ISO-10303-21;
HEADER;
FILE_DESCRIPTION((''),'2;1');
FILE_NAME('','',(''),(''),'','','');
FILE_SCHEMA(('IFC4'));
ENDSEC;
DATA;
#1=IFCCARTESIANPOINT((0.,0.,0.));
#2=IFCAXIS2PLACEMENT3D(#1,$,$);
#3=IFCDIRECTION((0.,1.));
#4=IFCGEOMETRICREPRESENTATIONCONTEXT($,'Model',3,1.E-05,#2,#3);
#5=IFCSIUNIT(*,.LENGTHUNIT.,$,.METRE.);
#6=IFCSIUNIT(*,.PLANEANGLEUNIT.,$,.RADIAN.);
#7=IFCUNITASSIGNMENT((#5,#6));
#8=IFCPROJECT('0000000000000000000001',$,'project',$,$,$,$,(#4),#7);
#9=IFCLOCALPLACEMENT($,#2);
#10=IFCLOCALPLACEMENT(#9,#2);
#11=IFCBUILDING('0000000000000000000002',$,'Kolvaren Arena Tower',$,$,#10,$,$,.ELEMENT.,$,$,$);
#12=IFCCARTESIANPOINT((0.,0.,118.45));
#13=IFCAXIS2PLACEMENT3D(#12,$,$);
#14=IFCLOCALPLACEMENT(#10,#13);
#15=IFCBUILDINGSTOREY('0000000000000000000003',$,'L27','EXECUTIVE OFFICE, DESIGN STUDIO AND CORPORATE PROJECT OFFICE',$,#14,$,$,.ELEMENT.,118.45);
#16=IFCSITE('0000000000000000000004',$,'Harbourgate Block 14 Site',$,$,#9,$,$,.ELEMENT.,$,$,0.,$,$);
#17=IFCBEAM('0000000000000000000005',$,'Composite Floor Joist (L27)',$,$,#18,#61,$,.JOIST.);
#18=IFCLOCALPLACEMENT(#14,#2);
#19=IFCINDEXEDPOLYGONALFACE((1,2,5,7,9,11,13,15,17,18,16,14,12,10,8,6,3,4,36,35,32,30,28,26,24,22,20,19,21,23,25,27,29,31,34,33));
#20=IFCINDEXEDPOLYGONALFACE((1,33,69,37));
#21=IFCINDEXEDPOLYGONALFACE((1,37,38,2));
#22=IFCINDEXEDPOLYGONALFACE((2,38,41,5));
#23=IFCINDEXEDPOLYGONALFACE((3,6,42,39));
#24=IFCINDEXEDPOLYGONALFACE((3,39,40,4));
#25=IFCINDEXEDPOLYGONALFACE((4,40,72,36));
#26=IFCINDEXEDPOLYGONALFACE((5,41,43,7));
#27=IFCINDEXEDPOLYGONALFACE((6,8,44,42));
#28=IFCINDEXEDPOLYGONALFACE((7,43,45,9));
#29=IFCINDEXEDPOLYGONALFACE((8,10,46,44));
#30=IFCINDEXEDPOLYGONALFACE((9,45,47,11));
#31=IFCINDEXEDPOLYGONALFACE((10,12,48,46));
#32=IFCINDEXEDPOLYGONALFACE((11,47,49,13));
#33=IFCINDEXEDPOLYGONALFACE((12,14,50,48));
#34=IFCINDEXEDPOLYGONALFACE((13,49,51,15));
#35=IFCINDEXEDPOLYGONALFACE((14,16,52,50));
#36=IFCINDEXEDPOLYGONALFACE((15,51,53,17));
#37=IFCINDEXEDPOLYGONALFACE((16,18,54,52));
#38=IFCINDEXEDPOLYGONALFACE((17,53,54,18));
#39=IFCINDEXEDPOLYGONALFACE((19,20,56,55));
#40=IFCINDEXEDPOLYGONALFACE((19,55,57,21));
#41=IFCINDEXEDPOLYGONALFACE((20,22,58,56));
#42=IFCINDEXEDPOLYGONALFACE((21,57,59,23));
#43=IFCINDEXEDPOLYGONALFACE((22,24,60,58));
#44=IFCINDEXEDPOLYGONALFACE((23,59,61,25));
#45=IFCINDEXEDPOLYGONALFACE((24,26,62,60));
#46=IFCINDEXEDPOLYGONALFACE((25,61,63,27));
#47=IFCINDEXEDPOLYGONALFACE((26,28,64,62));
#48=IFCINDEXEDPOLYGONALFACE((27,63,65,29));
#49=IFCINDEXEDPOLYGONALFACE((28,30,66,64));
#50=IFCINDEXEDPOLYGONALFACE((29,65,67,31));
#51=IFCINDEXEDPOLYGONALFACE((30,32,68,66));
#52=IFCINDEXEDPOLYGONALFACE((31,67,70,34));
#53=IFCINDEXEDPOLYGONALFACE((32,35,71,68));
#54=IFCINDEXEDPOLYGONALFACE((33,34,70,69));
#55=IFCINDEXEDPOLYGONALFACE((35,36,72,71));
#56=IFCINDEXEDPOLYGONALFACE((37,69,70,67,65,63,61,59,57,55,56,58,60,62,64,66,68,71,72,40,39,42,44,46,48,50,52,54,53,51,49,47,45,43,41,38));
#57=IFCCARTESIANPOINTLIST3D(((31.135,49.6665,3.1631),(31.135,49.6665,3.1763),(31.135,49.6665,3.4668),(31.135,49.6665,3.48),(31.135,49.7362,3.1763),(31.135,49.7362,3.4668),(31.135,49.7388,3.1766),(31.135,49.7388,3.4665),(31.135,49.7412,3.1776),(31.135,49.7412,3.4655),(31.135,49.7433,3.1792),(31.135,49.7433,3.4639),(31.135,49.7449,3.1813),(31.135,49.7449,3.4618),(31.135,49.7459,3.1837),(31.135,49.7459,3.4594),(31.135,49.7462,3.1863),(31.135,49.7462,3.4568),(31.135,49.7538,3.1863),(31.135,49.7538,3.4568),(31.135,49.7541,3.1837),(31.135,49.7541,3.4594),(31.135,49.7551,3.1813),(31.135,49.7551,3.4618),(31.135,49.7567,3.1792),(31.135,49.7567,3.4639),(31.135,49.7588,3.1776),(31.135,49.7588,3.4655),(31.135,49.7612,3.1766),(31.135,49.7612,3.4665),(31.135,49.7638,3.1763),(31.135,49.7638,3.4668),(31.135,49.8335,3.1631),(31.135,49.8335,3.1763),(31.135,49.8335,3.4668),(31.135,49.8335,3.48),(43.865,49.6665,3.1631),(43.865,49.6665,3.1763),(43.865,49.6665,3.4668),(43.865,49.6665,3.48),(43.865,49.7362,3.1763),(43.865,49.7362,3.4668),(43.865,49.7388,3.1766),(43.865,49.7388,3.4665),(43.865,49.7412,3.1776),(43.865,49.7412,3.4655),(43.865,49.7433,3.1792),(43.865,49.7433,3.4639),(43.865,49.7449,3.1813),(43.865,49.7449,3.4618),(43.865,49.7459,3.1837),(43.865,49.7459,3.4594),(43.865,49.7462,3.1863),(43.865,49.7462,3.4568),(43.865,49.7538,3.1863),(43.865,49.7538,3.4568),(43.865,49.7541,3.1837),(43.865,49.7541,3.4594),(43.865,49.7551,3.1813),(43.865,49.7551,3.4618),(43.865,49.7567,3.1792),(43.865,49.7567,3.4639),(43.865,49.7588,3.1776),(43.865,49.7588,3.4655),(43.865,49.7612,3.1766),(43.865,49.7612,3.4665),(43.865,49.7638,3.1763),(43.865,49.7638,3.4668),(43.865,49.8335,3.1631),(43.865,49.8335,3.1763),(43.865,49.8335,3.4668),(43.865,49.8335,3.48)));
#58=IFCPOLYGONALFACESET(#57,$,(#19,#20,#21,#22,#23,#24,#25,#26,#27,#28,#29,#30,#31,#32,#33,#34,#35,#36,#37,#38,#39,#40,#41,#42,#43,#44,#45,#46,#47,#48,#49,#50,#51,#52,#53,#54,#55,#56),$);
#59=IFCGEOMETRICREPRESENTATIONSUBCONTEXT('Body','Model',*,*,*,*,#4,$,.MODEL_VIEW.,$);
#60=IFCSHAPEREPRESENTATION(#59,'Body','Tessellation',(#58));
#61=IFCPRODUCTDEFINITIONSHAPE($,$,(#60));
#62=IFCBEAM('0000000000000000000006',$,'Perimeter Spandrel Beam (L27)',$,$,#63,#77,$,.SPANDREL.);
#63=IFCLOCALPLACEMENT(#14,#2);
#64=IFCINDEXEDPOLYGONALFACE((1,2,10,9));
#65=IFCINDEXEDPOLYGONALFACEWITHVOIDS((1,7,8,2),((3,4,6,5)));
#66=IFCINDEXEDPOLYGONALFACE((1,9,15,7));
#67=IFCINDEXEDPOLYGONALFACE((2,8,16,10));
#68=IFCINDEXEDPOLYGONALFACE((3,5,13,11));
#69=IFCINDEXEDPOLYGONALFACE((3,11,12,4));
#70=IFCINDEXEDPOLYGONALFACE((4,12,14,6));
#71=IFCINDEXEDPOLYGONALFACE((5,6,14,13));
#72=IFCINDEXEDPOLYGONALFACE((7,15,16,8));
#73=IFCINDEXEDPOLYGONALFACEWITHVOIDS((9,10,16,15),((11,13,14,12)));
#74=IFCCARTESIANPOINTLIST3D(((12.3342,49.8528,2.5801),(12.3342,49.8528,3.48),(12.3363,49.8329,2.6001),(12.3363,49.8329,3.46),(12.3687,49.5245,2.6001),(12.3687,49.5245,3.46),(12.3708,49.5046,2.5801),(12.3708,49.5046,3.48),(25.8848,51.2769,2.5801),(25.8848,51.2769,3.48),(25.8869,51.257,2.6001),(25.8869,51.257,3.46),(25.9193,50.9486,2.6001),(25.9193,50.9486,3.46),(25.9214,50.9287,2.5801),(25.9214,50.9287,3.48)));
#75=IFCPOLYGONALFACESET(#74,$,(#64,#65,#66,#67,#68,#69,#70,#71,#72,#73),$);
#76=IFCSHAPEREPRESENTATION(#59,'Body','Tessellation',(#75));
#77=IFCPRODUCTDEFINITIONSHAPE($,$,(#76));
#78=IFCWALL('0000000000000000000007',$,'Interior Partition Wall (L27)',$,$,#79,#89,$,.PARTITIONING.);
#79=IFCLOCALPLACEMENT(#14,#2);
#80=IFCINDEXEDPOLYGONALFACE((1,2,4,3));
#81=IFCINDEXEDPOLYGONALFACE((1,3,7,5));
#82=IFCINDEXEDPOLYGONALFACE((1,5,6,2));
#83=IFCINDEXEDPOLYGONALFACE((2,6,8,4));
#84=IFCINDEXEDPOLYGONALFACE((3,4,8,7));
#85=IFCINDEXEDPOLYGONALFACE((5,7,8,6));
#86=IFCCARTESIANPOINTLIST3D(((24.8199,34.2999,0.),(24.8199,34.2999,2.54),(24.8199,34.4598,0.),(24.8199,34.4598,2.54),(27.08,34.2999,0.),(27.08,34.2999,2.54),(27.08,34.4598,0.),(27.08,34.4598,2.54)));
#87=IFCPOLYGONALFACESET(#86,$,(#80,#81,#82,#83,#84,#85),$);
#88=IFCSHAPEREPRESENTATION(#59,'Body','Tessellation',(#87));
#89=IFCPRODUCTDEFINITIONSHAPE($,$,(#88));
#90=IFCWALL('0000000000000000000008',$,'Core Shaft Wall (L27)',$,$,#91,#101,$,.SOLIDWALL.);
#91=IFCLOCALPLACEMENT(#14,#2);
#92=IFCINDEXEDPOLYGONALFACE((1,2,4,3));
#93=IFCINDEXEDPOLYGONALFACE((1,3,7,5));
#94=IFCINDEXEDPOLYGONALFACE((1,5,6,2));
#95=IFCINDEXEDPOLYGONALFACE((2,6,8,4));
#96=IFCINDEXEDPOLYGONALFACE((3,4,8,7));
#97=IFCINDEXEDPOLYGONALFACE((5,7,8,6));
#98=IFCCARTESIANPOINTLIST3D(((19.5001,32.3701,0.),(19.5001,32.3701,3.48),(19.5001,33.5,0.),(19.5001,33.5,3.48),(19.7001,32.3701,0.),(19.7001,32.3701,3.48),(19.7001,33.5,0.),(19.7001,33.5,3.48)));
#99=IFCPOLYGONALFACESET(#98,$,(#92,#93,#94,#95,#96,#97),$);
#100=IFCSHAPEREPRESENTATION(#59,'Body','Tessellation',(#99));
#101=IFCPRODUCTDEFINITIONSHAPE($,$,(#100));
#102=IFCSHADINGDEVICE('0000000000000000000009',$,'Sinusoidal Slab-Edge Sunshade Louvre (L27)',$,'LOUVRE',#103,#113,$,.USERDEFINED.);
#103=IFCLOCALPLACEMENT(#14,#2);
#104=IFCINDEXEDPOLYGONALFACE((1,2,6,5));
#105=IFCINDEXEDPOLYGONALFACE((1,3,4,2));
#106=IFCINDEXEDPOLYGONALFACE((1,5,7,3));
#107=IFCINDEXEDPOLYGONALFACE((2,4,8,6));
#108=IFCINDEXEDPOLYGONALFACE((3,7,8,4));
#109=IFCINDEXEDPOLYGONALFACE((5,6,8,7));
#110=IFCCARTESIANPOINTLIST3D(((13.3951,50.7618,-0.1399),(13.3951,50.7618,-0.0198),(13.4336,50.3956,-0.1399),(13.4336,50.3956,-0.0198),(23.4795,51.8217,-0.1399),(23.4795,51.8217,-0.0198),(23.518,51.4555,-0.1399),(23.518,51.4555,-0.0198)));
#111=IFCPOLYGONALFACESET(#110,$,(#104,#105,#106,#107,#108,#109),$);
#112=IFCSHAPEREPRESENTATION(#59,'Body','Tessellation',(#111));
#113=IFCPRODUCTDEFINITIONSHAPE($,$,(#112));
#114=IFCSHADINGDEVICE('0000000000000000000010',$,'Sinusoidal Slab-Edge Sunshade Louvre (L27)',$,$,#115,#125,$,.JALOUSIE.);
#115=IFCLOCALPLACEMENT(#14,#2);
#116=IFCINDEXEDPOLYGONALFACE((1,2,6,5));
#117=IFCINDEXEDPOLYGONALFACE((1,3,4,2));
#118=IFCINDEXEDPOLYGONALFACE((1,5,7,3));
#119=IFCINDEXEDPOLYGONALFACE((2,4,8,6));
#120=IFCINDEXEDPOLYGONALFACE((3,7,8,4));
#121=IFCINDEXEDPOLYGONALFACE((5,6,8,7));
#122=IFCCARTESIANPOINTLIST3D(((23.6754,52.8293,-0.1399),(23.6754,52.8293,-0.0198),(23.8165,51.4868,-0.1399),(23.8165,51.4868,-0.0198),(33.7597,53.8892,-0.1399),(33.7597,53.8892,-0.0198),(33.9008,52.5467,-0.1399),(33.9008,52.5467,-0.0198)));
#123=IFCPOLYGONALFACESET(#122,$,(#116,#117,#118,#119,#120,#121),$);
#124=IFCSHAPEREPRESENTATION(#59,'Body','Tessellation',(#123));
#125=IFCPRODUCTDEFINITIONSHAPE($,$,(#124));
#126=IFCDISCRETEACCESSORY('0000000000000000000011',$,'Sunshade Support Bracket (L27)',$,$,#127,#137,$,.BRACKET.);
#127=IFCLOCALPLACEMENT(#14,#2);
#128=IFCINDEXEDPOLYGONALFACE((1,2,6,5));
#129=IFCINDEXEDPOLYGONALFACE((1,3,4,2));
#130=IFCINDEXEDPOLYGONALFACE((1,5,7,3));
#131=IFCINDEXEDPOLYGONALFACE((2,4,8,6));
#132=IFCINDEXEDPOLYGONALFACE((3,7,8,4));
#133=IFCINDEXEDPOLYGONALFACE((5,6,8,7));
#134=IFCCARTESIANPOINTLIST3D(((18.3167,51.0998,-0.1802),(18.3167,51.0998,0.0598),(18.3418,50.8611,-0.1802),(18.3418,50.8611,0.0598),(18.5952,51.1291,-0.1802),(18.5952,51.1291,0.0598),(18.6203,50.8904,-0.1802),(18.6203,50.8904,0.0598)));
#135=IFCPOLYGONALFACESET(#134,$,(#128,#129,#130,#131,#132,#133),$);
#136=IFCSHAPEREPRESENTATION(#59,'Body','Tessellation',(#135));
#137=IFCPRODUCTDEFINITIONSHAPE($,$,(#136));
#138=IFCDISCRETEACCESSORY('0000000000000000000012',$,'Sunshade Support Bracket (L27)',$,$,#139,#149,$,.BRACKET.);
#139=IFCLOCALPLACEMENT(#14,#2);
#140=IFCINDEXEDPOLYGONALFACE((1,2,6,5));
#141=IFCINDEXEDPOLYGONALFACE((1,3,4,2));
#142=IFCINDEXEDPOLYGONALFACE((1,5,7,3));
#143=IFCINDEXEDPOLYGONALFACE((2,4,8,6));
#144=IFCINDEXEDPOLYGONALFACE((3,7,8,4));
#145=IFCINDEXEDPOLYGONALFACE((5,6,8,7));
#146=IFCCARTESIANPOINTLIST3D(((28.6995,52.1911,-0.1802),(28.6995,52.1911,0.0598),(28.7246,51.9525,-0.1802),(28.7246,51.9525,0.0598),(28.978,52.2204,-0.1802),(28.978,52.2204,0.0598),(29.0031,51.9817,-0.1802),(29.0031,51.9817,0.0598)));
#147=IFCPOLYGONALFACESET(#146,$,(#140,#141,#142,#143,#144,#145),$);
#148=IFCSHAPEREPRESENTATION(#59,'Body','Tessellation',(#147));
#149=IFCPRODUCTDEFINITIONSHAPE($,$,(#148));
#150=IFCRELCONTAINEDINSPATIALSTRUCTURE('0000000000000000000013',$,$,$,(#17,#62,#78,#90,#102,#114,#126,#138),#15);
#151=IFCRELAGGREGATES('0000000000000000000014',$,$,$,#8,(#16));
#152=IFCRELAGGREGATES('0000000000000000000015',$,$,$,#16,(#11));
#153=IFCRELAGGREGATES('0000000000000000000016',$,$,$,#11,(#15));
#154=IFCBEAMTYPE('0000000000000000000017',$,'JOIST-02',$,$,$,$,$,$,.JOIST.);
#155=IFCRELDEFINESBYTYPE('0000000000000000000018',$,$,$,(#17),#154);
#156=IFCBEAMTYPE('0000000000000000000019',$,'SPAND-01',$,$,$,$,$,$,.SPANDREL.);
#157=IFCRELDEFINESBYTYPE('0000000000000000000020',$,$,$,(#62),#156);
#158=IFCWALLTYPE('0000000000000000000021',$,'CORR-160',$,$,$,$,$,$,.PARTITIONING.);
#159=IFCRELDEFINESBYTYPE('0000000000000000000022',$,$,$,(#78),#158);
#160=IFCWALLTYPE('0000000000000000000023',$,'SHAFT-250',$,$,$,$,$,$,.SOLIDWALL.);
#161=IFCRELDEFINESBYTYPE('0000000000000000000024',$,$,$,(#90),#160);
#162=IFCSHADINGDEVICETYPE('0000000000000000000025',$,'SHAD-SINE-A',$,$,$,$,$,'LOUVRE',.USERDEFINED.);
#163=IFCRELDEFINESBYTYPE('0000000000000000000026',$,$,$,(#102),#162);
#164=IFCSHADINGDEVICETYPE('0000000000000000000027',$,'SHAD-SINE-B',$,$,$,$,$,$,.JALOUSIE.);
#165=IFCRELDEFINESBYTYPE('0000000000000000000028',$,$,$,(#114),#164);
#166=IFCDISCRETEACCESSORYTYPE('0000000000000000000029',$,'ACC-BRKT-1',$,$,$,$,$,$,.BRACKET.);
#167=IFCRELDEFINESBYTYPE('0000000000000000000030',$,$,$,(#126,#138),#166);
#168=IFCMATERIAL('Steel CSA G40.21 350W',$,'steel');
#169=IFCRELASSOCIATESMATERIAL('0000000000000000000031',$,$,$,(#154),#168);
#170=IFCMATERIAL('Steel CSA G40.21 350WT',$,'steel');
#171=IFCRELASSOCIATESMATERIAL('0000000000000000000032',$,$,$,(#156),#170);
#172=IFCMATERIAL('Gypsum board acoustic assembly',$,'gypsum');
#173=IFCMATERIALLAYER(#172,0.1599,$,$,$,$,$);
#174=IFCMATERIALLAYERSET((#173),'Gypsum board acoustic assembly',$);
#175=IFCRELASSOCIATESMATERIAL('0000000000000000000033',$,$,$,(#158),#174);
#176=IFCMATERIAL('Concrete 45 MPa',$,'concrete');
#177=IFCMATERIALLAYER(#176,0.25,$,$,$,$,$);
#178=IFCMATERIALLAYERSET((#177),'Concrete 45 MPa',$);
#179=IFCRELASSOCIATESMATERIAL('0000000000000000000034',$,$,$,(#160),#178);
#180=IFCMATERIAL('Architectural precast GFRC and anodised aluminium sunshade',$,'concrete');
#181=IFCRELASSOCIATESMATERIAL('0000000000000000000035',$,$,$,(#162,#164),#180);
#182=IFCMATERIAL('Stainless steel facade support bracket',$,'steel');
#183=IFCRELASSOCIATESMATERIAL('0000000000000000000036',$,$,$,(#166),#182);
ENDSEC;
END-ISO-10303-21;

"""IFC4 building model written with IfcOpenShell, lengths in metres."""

from ifc_helpers import new_model, si_unit, direction, frame, frame_2d, origin, origin_2d, place, context, subcontext, project, spatial, rectangle, hollow_rectangle, i_section, extrude, material, layer, layer_set, material_profile, profile_set, type_object, element, save


model = new_model("IFC4")

# Units and contexts
model_context = context("Model", 3, precision=1e-05, world=origin(), true_north=direction((0.0, 1.0)))
body_context = subcontext(model_context, "Body", "Model", "MODEL_VIEW")
ifc_project = project(units=[si_unit("LENGTHUNIT", "METRE"), si_unit("PLANEANGLEUNIT", "RADIAN")], contexts=[model_context])

# Site, building, storey
site_placement = place(None, origin())
site = spatial("IfcSite", under=ifc_project, at=site_placement, Name="Harbourgate Block 14 Site", CompositionType="ELEMENT", RefElevation=0.0)
building_placement = place(site_placement, origin())
building = spatial("IfcBuilding", under=site, at=building_placement, Name="Kolvaren Arena Tower", CompositionType="ELEMENT")
storey_placement = place(building_placement, frame((0.0, 0.0, 118.45)))
storey = spatial("IfcBuildingStorey", under=building, at=storey_placement, Name="L27", Description="EXECUTIVE OFFICE, DESIGN STUDIO AND CORPORATE PROJECT OFFICE", CompositionType="ELEMENT", Elevation=118.45)

# Beams
ifc_material_1 = material(Name="Steel CSA G40.21 350W", Category="steel")
ifc_material_profile_1 = material_profile(ifc_material_1, i_section(OverallWidth=0.167, OverallDepth=0.3169, WebThickness=0.0076, FlangeThickness=0.0132, FilletRadius=0.01, at=origin_2d()), Name="W310x52")
ifc_profile_set_1 = profile_set([ifc_material_profile_1], Name="Steel CSA G40.21 350W")
beam_type_1 = type_object("IfcBeamType", Name="JOIST-02", PredefinedType="JOIST", material=ifc_profile_set_1)
for number, where, z_axis, x_axis, name in (
    (1, (31.135, 49.75, 3.3215), (1.0, 0.0, 0.0), (0.0, 1.0, 0.0), "Composite Floor Joist (L27)"),
):
    element("IfcBeam", number, at=place(storey_placement, frame(where, z_axis=z_axis, x_axis=x_axis)), inside=storey, type_object=beam_type_1, Name=name, PredefinedType="JOIST", context=body_context, shape_type="SweptSolid", body=[
        extrude(i_section(OverallWidth=0.167, OverallDepth=0.3169, WebThickness=0.0076, FlangeThickness=0.0132, FilletRadius=0.01, at=origin_2d()), origin(), (0.0, 0.0, 1.0), 12.73),
    ])
ifc_material_2 = material(Name="Steel CSA G40.21 350WT", Category="steel")
ifc_material_profile_2 = material_profile(ifc_material_2, hollow_rectangle(XDim=0.3501, YDim=0.8999, WallThickness=0.02, at=origin_2d()), Name="HSS 900x350x20")
ifc_profile_set_2 = profile_set([ifc_material_profile_2], Name="Steel CSA G40.21 350WT")
beam_type_2 = type_object("IfcBeamType", Name="SPAND-01", PredefinedType="SPANDREL", material=ifc_profile_set_2)
beam_1_placement = place(storey_placement, frame((25.9031, 51.1028, 3.03), z_axis=(-0.994523, -0.104518, 0.0), x_axis=(0.104518, -0.994523, 0.0)))
element("IfcBeam", 2, at=beam_1_placement, inside=storey, type_object=beam_type_2, Name="Perimeter Spandrel Beam (L27)", PredefinedType="SPANDREL", context=body_context, shape_type="SweptSolid", body=[
    extrude(hollow_rectangle(XDim=0.3501, YDim=0.8999, WallThickness=0.02, at=origin_2d()), origin(), (0.0, 0.0, 1.0), 13.6252),
])

# Walls
ifc_material_3 = material(Name="Gypsum board acoustic assembly", Category="gypsum")
ifc_layer_1 = layer(ifc_material_3, 0.1599)
ifc_layer_set_1 = layer_set([ifc_layer_1], Name="Gypsum board acoustic assembly")
wall_type_1 = type_object("IfcWallType", Name="CORR-160", PredefinedType="PARTITIONING", material=ifc_layer_set_1)
wall_1_placement = place(storey_placement, frame((24.8201, 34.3799, 0.0), z_axis=(0.0, 0.0, 1.0), x_axis=(1.0, 0.0, 0.0)))
element("IfcWall", 3, at=wall_1_placement, inside=storey, type_object=wall_type_1, Name="Interior Partition Wall (L27)", PredefinedType="PARTITIONING", context=body_context, shape_type="SweptSolid", body=[
    extrude(rectangle(XDim=2.26, YDim=0.1599, at=frame_2d((1.1299, 0.0))), origin(), (0.0, 0.0, 1.0), 2.54),
])
ifc_material_4 = material(Name="Concrete 45 MPa", Category="concrete")
ifc_layer_2 = layer(ifc_material_4, 0.25)
ifc_layer_set_2 = layer_set([ifc_layer_2], Name="Concrete 45 MPa")
wall_type_2 = type_object("IfcWallType", Name="SHAFT-250", PredefinedType="SOLIDWALL", material=ifc_layer_set_2)
wall_2_placement = place(storey_placement, frame((19.6001, 32.3701, 0.0), z_axis=(0.0, 0.0, 1.0), x_axis=(0.0, 1.0, 0.0)))
element("IfcWall", 4, at=wall_2_placement, inside=storey, type_object=wall_type_2, Name="Core Shaft Wall (L27)", PredefinedType="SOLIDWALL", context=body_context, shape_type="SweptSolid", body=[
    extrude(rectangle(XDim=1.1299, YDim=0.2, at=frame_2d((0.5649, 0.0))), origin(), (0.0, 0.0, 1.0), 3.48),
])

# Shading devices
ifc_material_5 = material(Name="Architectural precast GFRC and anodised aluminium sunshade", Category="concrete")
shading_device_type_1 = type_object("IfcShadingDeviceType", Name="SHAD-SINE-A", ElementType="LOUVRE", PredefinedType="USERDEFINED", material=ifc_material_5)
shading_device_1_placement = place(storey_placement, frame((18.4565, 51.1086, -0.1399), z_axis=(0.0, 0.0, 1.0), x_axis=(0.994522, 0.104527, 0.0)))
element("IfcShadingDevice", 5, at=shading_device_1_placement, inside=storey, type_object=shading_device_type_1, Name="Sinusoidal Slab-Edge Sunshade Louvre (L27)", ObjectType="LOUVRE", PredefinedType="USERDEFINED", context=body_context, shape_type="SweptSolid", body=[
    extrude(rectangle(XDim=10.1399, YDim=0.3682, at=origin_2d()), origin(), (0.0, 0.0, 1.0), 0.1201),
])
shading_device_type_2 = type_object("IfcShadingDeviceType", Name="SHAD-SINE-B", PredefinedType="JALOUSIE", material=ifc_material_5)
shading_device_2_placement = place(storey_placement, frame((28.7881, 52.688, -0.1399), z_axis=(0.0, 0.0, 1.0), x_axis=(0.994522, 0.104527, 0.0)))
element("IfcShadingDevice", 6, at=shading_device_2_placement, inside=storey, type_object=shading_device_type_2, Name="Sinusoidal Slab-Edge Sunshade Louvre (L27)", PredefinedType="JALOUSIE", context=body_context, shape_type="SweptSolid", body=[
    extrude(rectangle(XDim=10.1399, YDim=1.3499, at=origin_2d()), origin(), (0.0, 0.0, 1.0), 0.1201),
])

# Discrete accessories
ifc_material_6 = material(Name="Stainless steel facade support bracket", Category="steel")
discrete_accessory_type = type_object("IfcDiscreteAccessoryType", Name="ACC-BRKT-1", PredefinedType="BRACKET", material=ifc_material_6)
for number, where, z_axis, x_axis, name in (
    (7, (18.4685, 50.9951, -0.1802), (0.0, 0.0, 1.0), (0.994522, 0.104527, 0.0), "Sunshade Support Bracket (L27)"),
    (8, (28.8513, 52.0864, -0.1802), (0.0, 0.0, 1.0), (0.994522, 0.104527, 0.0), "Sunshade Support Bracket (L27)"),
):
    element("IfcDiscreteAccessory", number, at=place(storey_placement, frame(where, z_axis=z_axis, x_axis=x_axis)), inside=storey, type_object=discrete_accessory_type, Name=name, PredefinedType="BRACKET", context=body_context, shape_type="SweptSolid", body=[
        extrude(rectangle(XDim=0.28, YDim=0.24, at=origin_2d()), origin(), (0.0, 0.0, 1.0), 0.24),
    ])

save(model, "model.ifc")
